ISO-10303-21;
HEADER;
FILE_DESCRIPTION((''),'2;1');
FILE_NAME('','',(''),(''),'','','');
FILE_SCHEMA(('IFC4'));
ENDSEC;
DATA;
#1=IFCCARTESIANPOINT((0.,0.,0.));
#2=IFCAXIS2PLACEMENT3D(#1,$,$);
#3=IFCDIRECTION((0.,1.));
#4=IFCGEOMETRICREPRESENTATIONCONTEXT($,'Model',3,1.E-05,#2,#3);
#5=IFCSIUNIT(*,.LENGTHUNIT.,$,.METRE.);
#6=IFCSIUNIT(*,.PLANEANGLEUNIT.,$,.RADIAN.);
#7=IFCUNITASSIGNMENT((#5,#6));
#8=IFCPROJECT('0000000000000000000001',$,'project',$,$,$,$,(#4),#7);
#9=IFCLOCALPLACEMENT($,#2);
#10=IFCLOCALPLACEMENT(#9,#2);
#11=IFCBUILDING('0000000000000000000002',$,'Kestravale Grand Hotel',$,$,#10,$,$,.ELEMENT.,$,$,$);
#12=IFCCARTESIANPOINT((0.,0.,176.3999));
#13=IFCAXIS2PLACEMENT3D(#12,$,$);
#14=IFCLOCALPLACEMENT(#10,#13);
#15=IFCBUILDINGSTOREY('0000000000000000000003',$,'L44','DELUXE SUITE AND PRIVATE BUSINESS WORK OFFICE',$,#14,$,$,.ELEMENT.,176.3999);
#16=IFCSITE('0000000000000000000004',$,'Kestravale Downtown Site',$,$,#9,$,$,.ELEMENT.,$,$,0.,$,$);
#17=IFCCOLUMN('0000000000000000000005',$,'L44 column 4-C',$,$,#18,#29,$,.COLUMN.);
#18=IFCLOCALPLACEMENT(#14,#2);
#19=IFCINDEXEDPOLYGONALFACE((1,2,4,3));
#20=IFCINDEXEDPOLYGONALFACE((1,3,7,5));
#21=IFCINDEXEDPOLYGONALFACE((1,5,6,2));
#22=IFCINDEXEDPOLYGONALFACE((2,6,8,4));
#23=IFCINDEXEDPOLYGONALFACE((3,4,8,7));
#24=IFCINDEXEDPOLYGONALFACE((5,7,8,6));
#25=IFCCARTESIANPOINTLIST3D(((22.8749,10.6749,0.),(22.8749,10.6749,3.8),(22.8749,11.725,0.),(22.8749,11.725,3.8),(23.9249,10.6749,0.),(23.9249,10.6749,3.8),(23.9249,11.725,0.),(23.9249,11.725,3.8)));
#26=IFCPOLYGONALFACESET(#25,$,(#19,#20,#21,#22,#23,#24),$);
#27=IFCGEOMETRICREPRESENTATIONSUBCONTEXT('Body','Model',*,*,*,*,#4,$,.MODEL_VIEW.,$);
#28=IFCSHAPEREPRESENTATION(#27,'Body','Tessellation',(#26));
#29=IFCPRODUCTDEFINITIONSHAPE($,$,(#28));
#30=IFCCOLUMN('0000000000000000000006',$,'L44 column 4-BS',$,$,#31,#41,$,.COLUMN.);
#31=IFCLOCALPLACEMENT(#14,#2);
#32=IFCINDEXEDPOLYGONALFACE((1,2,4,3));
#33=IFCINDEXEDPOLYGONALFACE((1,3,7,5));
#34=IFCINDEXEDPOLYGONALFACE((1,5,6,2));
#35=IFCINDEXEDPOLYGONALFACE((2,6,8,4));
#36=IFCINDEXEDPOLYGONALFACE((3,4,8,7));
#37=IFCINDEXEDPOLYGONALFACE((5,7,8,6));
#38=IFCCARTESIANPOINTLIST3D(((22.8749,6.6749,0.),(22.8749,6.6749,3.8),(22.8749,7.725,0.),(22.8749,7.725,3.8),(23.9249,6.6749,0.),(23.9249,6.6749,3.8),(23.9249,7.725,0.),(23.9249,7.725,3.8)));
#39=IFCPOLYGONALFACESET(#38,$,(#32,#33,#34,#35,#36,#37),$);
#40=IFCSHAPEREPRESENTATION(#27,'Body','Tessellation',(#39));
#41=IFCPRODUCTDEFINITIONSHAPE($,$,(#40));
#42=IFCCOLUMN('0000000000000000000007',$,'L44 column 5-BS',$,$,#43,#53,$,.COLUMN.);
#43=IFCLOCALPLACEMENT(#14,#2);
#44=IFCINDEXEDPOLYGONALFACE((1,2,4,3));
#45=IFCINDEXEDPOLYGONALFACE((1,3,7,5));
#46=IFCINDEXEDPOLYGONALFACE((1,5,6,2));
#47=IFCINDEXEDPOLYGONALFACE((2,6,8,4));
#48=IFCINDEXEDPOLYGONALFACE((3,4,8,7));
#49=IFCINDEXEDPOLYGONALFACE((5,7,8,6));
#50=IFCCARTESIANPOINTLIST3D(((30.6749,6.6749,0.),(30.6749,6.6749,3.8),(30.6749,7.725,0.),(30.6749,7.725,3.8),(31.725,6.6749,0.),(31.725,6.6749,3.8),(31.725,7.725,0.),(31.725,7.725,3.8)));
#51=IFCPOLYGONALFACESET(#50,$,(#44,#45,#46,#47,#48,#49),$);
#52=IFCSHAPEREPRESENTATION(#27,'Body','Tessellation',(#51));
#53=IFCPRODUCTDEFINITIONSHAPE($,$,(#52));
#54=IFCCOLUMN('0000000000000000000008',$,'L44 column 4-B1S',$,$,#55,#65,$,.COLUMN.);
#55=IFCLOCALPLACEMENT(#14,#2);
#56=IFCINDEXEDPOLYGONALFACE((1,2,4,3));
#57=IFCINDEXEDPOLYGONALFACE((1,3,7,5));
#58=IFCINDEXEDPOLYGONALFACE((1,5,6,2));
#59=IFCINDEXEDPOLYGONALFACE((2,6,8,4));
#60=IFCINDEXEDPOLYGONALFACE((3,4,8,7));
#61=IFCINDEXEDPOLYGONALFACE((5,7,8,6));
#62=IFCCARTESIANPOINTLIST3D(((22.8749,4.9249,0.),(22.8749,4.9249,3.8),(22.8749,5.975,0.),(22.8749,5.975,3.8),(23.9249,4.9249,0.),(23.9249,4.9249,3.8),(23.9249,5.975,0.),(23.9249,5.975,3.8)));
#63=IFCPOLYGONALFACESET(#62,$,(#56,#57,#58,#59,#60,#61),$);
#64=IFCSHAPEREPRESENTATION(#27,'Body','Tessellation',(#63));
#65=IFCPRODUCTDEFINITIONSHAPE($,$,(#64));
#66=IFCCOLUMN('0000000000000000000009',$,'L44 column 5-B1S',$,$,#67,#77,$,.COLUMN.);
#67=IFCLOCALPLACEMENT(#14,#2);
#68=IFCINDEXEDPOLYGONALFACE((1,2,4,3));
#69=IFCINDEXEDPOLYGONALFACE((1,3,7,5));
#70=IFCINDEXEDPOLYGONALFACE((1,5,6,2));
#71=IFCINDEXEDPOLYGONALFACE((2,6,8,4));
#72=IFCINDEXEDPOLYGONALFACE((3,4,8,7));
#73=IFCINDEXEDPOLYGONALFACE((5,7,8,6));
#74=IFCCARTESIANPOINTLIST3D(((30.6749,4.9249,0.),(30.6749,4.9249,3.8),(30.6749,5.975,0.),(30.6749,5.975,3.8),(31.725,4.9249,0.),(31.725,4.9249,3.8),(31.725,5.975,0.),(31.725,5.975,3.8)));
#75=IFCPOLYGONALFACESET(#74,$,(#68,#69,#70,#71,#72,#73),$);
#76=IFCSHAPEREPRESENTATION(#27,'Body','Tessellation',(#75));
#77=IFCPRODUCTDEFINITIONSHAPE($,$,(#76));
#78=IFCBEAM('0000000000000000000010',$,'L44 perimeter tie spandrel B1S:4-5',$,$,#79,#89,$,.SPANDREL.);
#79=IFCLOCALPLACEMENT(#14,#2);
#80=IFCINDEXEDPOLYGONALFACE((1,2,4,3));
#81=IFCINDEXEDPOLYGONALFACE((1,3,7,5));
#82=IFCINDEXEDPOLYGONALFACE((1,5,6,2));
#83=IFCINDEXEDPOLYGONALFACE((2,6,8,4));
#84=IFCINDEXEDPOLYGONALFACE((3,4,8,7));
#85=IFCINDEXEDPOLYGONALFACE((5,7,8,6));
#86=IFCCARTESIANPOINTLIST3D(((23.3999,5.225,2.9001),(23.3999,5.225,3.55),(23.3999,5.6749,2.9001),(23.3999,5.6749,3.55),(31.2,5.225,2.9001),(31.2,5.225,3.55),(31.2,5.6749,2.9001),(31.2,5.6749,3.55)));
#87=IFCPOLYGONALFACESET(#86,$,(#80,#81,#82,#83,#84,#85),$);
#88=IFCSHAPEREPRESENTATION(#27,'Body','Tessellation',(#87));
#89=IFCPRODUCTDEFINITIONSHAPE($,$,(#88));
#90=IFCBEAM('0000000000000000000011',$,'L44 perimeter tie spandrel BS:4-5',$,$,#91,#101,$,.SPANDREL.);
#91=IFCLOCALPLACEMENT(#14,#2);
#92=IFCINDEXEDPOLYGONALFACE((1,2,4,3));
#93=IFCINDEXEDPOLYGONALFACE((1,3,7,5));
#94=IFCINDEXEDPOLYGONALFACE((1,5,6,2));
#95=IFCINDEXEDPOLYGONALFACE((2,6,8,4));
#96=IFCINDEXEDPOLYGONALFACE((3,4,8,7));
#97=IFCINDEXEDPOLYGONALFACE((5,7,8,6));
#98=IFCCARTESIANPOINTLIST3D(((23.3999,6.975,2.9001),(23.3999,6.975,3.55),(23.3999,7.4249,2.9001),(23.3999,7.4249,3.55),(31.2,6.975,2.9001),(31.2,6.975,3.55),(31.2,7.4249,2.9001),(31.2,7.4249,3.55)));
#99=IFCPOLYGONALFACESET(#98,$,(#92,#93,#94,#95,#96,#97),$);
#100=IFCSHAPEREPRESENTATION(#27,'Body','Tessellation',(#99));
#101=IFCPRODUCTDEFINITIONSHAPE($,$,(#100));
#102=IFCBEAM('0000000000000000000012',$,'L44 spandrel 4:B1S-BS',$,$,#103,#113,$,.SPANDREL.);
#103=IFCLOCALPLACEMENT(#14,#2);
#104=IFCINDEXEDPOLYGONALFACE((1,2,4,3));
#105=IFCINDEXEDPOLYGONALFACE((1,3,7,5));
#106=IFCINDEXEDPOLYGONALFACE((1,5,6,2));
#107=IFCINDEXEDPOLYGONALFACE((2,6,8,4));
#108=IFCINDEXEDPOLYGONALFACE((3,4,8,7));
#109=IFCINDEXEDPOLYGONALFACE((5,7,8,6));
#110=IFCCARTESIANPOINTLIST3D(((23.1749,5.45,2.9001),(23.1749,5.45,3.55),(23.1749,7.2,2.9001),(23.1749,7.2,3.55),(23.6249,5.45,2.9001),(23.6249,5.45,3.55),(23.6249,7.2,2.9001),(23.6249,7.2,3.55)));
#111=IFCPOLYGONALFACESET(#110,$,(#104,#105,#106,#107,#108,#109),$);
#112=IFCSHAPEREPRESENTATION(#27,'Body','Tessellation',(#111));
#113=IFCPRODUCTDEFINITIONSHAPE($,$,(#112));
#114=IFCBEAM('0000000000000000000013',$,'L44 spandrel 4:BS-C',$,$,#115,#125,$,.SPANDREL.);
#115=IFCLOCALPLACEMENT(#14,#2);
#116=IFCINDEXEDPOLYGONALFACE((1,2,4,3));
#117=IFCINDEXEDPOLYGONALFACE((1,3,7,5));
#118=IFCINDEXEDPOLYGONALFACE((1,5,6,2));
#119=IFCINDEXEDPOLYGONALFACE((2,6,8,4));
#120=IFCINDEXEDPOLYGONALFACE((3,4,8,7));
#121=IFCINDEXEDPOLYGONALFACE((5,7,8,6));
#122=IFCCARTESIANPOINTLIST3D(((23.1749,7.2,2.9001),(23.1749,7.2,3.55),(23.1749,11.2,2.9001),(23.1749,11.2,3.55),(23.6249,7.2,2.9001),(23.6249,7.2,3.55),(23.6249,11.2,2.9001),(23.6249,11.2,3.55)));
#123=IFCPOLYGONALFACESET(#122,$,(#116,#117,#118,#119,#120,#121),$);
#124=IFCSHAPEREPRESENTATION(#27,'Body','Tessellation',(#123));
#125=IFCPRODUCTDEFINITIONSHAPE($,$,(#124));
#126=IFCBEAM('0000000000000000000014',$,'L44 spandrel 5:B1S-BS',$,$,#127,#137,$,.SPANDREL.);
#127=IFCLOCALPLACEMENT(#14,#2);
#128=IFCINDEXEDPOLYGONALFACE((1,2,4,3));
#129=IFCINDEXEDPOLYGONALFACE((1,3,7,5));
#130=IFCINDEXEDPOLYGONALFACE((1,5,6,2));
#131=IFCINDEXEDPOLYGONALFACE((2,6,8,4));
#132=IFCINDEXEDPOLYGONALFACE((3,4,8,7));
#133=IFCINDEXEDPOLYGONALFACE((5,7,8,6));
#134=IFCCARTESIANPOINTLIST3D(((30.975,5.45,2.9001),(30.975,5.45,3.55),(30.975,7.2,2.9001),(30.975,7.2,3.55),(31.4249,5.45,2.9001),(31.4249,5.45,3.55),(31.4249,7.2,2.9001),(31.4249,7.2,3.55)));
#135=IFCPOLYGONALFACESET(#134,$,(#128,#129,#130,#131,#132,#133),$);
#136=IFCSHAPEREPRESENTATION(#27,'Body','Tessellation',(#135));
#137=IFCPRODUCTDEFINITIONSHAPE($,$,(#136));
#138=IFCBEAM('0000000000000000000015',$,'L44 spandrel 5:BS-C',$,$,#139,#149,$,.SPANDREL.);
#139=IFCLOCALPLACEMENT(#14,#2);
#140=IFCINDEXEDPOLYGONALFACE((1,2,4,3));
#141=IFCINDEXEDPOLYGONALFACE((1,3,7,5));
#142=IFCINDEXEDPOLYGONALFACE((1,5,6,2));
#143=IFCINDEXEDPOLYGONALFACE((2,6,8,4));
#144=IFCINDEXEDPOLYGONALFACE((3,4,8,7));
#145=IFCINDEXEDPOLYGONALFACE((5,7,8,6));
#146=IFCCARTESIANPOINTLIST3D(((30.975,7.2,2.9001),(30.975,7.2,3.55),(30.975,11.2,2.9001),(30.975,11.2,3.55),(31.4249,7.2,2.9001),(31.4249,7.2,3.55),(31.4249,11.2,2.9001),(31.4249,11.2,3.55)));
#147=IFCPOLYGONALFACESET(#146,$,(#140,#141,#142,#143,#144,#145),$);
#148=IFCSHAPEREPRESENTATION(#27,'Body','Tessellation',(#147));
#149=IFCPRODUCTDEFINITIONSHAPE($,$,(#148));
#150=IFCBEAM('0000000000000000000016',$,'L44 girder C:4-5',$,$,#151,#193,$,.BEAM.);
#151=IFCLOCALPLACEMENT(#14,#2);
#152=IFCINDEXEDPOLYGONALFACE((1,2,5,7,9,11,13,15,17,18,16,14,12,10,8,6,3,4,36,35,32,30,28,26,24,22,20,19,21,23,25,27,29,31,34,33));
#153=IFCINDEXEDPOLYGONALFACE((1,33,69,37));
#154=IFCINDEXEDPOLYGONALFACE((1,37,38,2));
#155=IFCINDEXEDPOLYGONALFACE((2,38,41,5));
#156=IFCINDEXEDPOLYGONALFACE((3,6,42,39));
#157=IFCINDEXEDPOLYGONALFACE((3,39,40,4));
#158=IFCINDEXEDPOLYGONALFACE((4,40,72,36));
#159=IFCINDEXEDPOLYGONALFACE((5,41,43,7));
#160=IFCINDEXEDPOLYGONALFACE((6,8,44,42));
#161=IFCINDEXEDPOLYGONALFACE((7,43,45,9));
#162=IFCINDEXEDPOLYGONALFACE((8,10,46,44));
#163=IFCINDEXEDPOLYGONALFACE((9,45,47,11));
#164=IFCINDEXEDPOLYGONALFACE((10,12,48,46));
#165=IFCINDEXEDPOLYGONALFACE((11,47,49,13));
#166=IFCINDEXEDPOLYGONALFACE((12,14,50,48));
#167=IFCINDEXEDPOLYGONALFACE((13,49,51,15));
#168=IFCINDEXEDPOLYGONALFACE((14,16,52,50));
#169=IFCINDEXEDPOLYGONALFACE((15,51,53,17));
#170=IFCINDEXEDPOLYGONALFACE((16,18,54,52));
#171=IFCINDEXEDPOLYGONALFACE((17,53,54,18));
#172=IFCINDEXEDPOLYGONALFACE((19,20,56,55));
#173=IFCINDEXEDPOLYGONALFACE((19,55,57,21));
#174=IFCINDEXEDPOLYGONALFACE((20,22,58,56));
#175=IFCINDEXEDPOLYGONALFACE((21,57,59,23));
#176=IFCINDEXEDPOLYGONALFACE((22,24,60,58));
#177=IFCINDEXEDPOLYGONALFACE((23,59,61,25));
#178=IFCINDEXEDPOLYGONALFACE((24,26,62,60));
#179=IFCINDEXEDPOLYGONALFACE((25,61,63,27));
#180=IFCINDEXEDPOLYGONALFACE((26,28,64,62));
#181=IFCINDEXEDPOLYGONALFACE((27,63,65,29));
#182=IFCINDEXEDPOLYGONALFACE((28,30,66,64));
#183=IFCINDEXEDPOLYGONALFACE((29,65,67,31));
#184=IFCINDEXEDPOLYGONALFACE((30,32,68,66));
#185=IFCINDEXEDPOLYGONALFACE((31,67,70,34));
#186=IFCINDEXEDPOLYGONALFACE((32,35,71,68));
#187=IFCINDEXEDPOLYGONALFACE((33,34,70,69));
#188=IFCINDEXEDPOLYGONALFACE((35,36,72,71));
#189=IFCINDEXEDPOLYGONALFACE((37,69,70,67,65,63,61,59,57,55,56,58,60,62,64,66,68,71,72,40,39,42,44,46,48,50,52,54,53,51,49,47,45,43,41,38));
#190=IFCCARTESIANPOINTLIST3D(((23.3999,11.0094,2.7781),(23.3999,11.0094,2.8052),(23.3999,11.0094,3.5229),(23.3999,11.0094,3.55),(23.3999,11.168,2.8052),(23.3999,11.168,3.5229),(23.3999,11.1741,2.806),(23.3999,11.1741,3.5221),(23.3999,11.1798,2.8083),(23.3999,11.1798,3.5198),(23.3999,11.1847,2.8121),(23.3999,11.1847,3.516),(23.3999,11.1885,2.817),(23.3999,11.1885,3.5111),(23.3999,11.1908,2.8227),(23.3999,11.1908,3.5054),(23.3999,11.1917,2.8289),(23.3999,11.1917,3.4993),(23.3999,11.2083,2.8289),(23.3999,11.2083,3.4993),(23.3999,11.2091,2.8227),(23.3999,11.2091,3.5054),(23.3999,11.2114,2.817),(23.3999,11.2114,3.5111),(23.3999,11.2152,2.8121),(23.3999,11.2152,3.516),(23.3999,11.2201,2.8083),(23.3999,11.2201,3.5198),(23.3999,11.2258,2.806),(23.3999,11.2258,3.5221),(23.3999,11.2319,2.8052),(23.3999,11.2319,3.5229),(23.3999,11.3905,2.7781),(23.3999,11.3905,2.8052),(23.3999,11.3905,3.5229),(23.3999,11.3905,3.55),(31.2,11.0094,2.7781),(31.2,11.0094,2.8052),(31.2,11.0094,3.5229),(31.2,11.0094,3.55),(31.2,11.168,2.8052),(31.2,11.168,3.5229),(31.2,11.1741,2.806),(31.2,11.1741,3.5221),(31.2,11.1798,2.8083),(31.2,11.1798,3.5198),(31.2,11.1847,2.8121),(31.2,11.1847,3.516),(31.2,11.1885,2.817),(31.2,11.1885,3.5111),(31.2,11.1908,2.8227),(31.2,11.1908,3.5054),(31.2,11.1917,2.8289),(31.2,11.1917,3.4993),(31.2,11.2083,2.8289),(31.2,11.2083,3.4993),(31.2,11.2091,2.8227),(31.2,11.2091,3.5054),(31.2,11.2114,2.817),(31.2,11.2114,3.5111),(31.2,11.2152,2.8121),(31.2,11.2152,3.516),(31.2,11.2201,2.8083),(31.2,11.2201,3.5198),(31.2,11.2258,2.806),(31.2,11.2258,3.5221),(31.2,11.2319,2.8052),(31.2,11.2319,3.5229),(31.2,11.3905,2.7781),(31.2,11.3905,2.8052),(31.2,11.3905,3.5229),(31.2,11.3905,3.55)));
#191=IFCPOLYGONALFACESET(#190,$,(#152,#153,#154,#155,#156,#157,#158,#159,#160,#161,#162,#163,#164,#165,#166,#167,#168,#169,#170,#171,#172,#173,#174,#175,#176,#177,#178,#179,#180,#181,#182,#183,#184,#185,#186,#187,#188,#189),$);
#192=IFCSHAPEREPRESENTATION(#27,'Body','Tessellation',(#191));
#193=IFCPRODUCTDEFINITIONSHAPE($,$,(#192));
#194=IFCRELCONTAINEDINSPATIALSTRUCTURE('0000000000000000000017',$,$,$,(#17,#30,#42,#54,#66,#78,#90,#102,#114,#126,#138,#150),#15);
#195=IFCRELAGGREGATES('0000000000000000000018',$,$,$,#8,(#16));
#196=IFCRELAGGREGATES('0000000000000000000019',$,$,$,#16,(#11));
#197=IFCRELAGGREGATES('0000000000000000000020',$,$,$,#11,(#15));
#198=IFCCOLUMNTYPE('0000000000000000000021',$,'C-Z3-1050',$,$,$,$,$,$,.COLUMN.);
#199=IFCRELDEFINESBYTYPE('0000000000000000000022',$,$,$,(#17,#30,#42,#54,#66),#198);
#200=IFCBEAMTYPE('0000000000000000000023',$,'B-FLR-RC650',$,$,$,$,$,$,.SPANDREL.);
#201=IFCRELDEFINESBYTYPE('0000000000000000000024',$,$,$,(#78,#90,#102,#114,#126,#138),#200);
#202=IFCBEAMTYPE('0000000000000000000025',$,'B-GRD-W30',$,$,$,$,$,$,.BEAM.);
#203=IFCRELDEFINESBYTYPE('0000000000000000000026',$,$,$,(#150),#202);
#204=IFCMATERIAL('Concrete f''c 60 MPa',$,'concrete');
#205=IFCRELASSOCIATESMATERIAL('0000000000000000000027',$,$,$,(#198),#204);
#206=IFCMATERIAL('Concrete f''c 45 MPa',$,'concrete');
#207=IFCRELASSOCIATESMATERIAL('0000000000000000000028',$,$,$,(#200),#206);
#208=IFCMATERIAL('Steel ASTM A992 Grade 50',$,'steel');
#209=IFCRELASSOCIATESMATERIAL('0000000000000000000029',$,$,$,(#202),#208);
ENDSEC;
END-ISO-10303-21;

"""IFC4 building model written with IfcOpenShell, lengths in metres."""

from ifc_helpers import new_model, si_unit, direction, frame, origin, origin_2d, place, context, subcontext, project, spatial, rectangle, i_section, extrude, material, material_profile, profile_set, type_object, element, save


model = new_model("IFC4")

# Units and contexts
model_context = context("Model", 3, precision=1e-05, world=origin(), true_north=direction((0.0, 1.0)))
body_context = subcontext(model_context, "Body", "Model", "MODEL_VIEW")
ifc_project = project(units=[si_unit("LENGTHUNIT", "METRE"), si_unit("PLANEANGLEUNIT", "RADIAN")], contexts=[model_context])

# Site, building, storey
site_placement = place(None, origin())
site = spatial("IfcSite", under=ifc_project, at=site_placement, Name="Kestravale Downtown Site", CompositionType="ELEMENT", RefElevation=0.0)
building_placement = place(site_placement, origin())
building = spatial("IfcBuilding", under=site, at=building_placement, Name="Kestravale Grand Hotel", CompositionType="ELEMENT")
storey_placement = place(building_placement, frame((0.0, 0.0, 176.3999)))
storey = spatial("IfcBuildingStorey", under=building, at=storey_placement, Name="L44", Description="DELUXE SUITE AND PRIVATE BUSINESS WORK OFFICE", CompositionType="ELEMENT", Elevation=176.3999)

# Columns
ifc_material_1 = material(Name="Concrete f'c 60 MPa", Category="concrete")
ifc_material_profile_1 = material_profile(ifc_material_1, rectangle(XDim=1.05, YDim=1.05, at=origin_2d()))
ifc_profile_set_1 = profile_set([ifc_material_profile_1], Name="Concrete f'c 60 MPa")
column_type = type_object("IfcColumnType", Name="C-Z3-1050", PredefinedType="COLUMN", material=ifc_profile_set_1)
for number, where, z_axis, x_axis, name in (
    (1, (23.3999, 11.2, 0.0), (0.0, 0.0, 1.0), (1.0, 0.0, 0.0), "L44 column 4-C"),
    (2, (23.3999, 7.2, 0.0), (0.0, 0.0, 1.0), (1.0, 0.0, 0.0), "L44 column 4-BS"),
    (3, (31.2, 7.2, 0.0), (0.0, 0.0, 1.0), (1.0, 0.0, 0.0), "L44 column 5-BS"),
    (4, (23.3999, 5.45, 0.0), (0.0, 0.0, 1.0), (1.0, 0.0, 0.0), "L44 column 4-B1S"),
    (5, (31.2, 5.45, 0.0), (0.0, 0.0, 1.0), (1.0, 0.0, 0.0), "L44 column 5-B1S"),
):
    element("IfcColumn", number, at=place(storey_placement, frame(where, z_axis=z_axis, x_axis=x_axis)), inside=storey, type_object=column_type, Name=name, PredefinedType="COLUMN", context=body_context, shape_type="SweptSolid", body=[
        extrude(rectangle(XDim=1.05, YDim=1.05, at=origin_2d()), origin(), (0.0, 0.0, 1.0), 3.8),
    ])

# Beams
ifc_material_2 = material(Name="Concrete f'c 45 MPa", Category="concrete")
ifc_material_profile_2 = material_profile(ifc_material_2, rectangle(XDim=0.45, YDim=0.6499, at=origin_2d()))
ifc_profile_set_2 = profile_set([ifc_material_profile_2], Name="Concrete f'c 45 MPa")
beam_type_1 = type_object("IfcBeamType", Name="B-FLR-RC650", PredefinedType="SPANDREL", material=ifc_profile_set_2)
for number, where, z_axis, x_axis, name in (
    (6, (23.3999, 5.45, 3.2251), (1.0, 0.0, 0.0), (0.0, 1.0, 0.0), "L44 perimeter tie spandrel B1S:4-5"),
    (7, (23.3999, 7.2, 3.2251), (1.0, 0.0, 0.0), (0.0, 1.0, 0.0), "L44 perimeter tie spandrel BS:4-5"),
):
    element("IfcBeam", number, at=place(storey_placement, frame(where, z_axis=z_axis, x_axis=x_axis)), inside=storey, type_object=beam_type_1, Name=name, PredefinedType="SPANDREL", context=body_context, shape_type="SweptSolid", body=[
        extrude(rectangle(XDim=0.45, YDim=0.6499, at=origin_2d()), origin(), (0.0, 0.0, 1.0), 7.8),
    ])
beam_1_placement = place(storey_placement, frame((23.3999, 5.45, 3.2251), z_axis=(0.0, 1.0, 0.0), x_axis=(-1.0, 0.0, 0.0)))
element("IfcBeam", 8, at=beam_1_placement, inside=storey, type_object=beam_type_1, Name="L44 spandrel 4:B1S-BS", PredefinedType="SPANDREL", context=body_context, shape_type="SweptSolid", body=[
    extrude(rectangle(XDim=0.45, YDim=0.6499, at=origin_2d()), origin(), (0.0, 0.0, 1.0), 1.75),
])
beam_2_placement = place(storey_placement, frame((23.3999, 7.2, 3.2251), z_axis=(0.0, 1.0, 0.0), x_axis=(-1.0, 0.0, 0.0)))
element("IfcBeam", 9, at=beam_2_placement, inside=storey, type_object=beam_type_1, Name="L44 spandrel 4:BS-C", PredefinedType="SPANDREL", context=body_context, shape_type="SweptSolid", body=[
    extrude(rectangle(XDim=0.45, YDim=0.6499, at=origin_2d()), origin(), (0.0, 0.0, 1.0), 4.0),
])
beam_3_placement = place(storey_placement, frame((31.2, 5.45, 3.2251), z_axis=(0.0, 1.0, 0.0), x_axis=(-1.0, 0.0, 0.0)))
element("IfcBeam", 10, at=beam_3_placement, inside=storey, type_object=beam_type_1, Name="L44 spandrel 5:B1S-BS", PredefinedType="SPANDREL", context=body_context, shape_type="SweptSolid", body=[
    extrude(rectangle(XDim=0.45, YDim=0.6499, at=origin_2d()), origin(), (0.0, 0.0, 1.0), 1.75),
])
beam_4_placement = place(storey_placement, frame((31.2, 7.2, 3.2251), z_axis=(0.0, 1.0, 0.0), x_axis=(-1.0, 0.0, 0.0)))
element("IfcBeam", 11, at=beam_4_placement, inside=storey, type_object=beam_type_1, Name="L44 spandrel 5:BS-C", PredefinedType="SPANDREL", context=body_context, shape_type="SweptSolid", body=[
    extrude(rectangle(XDim=0.45, YDim=0.6499, at=origin_2d()), origin(), (0.0, 0.0, 1.0), 4.0),
])
ifc_material_3 = material(Name="Steel ASTM A992 Grade 50", Category="steel")
ifc_material_profile_3 = material_profile(ifc_material_3, i_section(OverallWidth=0.3811, OverallDepth=0.772, WebThickness=0.0166, FlangeThickness=0.0271, FilletRadius=0.0237, at=origin_2d()))
ifc_profile_set_3 = profile_set([ifc_material_profile_3], Name="Steel ASTM A992 Grade 50")
beam_type_2 = type_object("IfcBeamType", Name="B-GRD-W30", PredefinedType="BEAM", material=ifc_profile_set_3)
beam_5_placement = place(storey_placement, frame((23.3999, 11.2, 3.1641), z_axis=(1.0, 0.0, 0.0), x_axis=(0.0, 1.0, 0.0)))
element("IfcBeam", 12, at=beam_5_placement, inside=storey, type_object=beam_type_2, Name="L44 girder C:4-5", PredefinedType="BEAM", context=body_context, shape_type="SweptSolid", body=[
    extrude(i_section(OverallWidth=0.3811, OverallDepth=0.772, WebThickness=0.0166, FlangeThickness=0.0271, FilletRadius=0.0237, at=origin_2d()), origin(), (0.0, 0.0, 1.0), 7.8),
])

save(model, "model.ifc")
